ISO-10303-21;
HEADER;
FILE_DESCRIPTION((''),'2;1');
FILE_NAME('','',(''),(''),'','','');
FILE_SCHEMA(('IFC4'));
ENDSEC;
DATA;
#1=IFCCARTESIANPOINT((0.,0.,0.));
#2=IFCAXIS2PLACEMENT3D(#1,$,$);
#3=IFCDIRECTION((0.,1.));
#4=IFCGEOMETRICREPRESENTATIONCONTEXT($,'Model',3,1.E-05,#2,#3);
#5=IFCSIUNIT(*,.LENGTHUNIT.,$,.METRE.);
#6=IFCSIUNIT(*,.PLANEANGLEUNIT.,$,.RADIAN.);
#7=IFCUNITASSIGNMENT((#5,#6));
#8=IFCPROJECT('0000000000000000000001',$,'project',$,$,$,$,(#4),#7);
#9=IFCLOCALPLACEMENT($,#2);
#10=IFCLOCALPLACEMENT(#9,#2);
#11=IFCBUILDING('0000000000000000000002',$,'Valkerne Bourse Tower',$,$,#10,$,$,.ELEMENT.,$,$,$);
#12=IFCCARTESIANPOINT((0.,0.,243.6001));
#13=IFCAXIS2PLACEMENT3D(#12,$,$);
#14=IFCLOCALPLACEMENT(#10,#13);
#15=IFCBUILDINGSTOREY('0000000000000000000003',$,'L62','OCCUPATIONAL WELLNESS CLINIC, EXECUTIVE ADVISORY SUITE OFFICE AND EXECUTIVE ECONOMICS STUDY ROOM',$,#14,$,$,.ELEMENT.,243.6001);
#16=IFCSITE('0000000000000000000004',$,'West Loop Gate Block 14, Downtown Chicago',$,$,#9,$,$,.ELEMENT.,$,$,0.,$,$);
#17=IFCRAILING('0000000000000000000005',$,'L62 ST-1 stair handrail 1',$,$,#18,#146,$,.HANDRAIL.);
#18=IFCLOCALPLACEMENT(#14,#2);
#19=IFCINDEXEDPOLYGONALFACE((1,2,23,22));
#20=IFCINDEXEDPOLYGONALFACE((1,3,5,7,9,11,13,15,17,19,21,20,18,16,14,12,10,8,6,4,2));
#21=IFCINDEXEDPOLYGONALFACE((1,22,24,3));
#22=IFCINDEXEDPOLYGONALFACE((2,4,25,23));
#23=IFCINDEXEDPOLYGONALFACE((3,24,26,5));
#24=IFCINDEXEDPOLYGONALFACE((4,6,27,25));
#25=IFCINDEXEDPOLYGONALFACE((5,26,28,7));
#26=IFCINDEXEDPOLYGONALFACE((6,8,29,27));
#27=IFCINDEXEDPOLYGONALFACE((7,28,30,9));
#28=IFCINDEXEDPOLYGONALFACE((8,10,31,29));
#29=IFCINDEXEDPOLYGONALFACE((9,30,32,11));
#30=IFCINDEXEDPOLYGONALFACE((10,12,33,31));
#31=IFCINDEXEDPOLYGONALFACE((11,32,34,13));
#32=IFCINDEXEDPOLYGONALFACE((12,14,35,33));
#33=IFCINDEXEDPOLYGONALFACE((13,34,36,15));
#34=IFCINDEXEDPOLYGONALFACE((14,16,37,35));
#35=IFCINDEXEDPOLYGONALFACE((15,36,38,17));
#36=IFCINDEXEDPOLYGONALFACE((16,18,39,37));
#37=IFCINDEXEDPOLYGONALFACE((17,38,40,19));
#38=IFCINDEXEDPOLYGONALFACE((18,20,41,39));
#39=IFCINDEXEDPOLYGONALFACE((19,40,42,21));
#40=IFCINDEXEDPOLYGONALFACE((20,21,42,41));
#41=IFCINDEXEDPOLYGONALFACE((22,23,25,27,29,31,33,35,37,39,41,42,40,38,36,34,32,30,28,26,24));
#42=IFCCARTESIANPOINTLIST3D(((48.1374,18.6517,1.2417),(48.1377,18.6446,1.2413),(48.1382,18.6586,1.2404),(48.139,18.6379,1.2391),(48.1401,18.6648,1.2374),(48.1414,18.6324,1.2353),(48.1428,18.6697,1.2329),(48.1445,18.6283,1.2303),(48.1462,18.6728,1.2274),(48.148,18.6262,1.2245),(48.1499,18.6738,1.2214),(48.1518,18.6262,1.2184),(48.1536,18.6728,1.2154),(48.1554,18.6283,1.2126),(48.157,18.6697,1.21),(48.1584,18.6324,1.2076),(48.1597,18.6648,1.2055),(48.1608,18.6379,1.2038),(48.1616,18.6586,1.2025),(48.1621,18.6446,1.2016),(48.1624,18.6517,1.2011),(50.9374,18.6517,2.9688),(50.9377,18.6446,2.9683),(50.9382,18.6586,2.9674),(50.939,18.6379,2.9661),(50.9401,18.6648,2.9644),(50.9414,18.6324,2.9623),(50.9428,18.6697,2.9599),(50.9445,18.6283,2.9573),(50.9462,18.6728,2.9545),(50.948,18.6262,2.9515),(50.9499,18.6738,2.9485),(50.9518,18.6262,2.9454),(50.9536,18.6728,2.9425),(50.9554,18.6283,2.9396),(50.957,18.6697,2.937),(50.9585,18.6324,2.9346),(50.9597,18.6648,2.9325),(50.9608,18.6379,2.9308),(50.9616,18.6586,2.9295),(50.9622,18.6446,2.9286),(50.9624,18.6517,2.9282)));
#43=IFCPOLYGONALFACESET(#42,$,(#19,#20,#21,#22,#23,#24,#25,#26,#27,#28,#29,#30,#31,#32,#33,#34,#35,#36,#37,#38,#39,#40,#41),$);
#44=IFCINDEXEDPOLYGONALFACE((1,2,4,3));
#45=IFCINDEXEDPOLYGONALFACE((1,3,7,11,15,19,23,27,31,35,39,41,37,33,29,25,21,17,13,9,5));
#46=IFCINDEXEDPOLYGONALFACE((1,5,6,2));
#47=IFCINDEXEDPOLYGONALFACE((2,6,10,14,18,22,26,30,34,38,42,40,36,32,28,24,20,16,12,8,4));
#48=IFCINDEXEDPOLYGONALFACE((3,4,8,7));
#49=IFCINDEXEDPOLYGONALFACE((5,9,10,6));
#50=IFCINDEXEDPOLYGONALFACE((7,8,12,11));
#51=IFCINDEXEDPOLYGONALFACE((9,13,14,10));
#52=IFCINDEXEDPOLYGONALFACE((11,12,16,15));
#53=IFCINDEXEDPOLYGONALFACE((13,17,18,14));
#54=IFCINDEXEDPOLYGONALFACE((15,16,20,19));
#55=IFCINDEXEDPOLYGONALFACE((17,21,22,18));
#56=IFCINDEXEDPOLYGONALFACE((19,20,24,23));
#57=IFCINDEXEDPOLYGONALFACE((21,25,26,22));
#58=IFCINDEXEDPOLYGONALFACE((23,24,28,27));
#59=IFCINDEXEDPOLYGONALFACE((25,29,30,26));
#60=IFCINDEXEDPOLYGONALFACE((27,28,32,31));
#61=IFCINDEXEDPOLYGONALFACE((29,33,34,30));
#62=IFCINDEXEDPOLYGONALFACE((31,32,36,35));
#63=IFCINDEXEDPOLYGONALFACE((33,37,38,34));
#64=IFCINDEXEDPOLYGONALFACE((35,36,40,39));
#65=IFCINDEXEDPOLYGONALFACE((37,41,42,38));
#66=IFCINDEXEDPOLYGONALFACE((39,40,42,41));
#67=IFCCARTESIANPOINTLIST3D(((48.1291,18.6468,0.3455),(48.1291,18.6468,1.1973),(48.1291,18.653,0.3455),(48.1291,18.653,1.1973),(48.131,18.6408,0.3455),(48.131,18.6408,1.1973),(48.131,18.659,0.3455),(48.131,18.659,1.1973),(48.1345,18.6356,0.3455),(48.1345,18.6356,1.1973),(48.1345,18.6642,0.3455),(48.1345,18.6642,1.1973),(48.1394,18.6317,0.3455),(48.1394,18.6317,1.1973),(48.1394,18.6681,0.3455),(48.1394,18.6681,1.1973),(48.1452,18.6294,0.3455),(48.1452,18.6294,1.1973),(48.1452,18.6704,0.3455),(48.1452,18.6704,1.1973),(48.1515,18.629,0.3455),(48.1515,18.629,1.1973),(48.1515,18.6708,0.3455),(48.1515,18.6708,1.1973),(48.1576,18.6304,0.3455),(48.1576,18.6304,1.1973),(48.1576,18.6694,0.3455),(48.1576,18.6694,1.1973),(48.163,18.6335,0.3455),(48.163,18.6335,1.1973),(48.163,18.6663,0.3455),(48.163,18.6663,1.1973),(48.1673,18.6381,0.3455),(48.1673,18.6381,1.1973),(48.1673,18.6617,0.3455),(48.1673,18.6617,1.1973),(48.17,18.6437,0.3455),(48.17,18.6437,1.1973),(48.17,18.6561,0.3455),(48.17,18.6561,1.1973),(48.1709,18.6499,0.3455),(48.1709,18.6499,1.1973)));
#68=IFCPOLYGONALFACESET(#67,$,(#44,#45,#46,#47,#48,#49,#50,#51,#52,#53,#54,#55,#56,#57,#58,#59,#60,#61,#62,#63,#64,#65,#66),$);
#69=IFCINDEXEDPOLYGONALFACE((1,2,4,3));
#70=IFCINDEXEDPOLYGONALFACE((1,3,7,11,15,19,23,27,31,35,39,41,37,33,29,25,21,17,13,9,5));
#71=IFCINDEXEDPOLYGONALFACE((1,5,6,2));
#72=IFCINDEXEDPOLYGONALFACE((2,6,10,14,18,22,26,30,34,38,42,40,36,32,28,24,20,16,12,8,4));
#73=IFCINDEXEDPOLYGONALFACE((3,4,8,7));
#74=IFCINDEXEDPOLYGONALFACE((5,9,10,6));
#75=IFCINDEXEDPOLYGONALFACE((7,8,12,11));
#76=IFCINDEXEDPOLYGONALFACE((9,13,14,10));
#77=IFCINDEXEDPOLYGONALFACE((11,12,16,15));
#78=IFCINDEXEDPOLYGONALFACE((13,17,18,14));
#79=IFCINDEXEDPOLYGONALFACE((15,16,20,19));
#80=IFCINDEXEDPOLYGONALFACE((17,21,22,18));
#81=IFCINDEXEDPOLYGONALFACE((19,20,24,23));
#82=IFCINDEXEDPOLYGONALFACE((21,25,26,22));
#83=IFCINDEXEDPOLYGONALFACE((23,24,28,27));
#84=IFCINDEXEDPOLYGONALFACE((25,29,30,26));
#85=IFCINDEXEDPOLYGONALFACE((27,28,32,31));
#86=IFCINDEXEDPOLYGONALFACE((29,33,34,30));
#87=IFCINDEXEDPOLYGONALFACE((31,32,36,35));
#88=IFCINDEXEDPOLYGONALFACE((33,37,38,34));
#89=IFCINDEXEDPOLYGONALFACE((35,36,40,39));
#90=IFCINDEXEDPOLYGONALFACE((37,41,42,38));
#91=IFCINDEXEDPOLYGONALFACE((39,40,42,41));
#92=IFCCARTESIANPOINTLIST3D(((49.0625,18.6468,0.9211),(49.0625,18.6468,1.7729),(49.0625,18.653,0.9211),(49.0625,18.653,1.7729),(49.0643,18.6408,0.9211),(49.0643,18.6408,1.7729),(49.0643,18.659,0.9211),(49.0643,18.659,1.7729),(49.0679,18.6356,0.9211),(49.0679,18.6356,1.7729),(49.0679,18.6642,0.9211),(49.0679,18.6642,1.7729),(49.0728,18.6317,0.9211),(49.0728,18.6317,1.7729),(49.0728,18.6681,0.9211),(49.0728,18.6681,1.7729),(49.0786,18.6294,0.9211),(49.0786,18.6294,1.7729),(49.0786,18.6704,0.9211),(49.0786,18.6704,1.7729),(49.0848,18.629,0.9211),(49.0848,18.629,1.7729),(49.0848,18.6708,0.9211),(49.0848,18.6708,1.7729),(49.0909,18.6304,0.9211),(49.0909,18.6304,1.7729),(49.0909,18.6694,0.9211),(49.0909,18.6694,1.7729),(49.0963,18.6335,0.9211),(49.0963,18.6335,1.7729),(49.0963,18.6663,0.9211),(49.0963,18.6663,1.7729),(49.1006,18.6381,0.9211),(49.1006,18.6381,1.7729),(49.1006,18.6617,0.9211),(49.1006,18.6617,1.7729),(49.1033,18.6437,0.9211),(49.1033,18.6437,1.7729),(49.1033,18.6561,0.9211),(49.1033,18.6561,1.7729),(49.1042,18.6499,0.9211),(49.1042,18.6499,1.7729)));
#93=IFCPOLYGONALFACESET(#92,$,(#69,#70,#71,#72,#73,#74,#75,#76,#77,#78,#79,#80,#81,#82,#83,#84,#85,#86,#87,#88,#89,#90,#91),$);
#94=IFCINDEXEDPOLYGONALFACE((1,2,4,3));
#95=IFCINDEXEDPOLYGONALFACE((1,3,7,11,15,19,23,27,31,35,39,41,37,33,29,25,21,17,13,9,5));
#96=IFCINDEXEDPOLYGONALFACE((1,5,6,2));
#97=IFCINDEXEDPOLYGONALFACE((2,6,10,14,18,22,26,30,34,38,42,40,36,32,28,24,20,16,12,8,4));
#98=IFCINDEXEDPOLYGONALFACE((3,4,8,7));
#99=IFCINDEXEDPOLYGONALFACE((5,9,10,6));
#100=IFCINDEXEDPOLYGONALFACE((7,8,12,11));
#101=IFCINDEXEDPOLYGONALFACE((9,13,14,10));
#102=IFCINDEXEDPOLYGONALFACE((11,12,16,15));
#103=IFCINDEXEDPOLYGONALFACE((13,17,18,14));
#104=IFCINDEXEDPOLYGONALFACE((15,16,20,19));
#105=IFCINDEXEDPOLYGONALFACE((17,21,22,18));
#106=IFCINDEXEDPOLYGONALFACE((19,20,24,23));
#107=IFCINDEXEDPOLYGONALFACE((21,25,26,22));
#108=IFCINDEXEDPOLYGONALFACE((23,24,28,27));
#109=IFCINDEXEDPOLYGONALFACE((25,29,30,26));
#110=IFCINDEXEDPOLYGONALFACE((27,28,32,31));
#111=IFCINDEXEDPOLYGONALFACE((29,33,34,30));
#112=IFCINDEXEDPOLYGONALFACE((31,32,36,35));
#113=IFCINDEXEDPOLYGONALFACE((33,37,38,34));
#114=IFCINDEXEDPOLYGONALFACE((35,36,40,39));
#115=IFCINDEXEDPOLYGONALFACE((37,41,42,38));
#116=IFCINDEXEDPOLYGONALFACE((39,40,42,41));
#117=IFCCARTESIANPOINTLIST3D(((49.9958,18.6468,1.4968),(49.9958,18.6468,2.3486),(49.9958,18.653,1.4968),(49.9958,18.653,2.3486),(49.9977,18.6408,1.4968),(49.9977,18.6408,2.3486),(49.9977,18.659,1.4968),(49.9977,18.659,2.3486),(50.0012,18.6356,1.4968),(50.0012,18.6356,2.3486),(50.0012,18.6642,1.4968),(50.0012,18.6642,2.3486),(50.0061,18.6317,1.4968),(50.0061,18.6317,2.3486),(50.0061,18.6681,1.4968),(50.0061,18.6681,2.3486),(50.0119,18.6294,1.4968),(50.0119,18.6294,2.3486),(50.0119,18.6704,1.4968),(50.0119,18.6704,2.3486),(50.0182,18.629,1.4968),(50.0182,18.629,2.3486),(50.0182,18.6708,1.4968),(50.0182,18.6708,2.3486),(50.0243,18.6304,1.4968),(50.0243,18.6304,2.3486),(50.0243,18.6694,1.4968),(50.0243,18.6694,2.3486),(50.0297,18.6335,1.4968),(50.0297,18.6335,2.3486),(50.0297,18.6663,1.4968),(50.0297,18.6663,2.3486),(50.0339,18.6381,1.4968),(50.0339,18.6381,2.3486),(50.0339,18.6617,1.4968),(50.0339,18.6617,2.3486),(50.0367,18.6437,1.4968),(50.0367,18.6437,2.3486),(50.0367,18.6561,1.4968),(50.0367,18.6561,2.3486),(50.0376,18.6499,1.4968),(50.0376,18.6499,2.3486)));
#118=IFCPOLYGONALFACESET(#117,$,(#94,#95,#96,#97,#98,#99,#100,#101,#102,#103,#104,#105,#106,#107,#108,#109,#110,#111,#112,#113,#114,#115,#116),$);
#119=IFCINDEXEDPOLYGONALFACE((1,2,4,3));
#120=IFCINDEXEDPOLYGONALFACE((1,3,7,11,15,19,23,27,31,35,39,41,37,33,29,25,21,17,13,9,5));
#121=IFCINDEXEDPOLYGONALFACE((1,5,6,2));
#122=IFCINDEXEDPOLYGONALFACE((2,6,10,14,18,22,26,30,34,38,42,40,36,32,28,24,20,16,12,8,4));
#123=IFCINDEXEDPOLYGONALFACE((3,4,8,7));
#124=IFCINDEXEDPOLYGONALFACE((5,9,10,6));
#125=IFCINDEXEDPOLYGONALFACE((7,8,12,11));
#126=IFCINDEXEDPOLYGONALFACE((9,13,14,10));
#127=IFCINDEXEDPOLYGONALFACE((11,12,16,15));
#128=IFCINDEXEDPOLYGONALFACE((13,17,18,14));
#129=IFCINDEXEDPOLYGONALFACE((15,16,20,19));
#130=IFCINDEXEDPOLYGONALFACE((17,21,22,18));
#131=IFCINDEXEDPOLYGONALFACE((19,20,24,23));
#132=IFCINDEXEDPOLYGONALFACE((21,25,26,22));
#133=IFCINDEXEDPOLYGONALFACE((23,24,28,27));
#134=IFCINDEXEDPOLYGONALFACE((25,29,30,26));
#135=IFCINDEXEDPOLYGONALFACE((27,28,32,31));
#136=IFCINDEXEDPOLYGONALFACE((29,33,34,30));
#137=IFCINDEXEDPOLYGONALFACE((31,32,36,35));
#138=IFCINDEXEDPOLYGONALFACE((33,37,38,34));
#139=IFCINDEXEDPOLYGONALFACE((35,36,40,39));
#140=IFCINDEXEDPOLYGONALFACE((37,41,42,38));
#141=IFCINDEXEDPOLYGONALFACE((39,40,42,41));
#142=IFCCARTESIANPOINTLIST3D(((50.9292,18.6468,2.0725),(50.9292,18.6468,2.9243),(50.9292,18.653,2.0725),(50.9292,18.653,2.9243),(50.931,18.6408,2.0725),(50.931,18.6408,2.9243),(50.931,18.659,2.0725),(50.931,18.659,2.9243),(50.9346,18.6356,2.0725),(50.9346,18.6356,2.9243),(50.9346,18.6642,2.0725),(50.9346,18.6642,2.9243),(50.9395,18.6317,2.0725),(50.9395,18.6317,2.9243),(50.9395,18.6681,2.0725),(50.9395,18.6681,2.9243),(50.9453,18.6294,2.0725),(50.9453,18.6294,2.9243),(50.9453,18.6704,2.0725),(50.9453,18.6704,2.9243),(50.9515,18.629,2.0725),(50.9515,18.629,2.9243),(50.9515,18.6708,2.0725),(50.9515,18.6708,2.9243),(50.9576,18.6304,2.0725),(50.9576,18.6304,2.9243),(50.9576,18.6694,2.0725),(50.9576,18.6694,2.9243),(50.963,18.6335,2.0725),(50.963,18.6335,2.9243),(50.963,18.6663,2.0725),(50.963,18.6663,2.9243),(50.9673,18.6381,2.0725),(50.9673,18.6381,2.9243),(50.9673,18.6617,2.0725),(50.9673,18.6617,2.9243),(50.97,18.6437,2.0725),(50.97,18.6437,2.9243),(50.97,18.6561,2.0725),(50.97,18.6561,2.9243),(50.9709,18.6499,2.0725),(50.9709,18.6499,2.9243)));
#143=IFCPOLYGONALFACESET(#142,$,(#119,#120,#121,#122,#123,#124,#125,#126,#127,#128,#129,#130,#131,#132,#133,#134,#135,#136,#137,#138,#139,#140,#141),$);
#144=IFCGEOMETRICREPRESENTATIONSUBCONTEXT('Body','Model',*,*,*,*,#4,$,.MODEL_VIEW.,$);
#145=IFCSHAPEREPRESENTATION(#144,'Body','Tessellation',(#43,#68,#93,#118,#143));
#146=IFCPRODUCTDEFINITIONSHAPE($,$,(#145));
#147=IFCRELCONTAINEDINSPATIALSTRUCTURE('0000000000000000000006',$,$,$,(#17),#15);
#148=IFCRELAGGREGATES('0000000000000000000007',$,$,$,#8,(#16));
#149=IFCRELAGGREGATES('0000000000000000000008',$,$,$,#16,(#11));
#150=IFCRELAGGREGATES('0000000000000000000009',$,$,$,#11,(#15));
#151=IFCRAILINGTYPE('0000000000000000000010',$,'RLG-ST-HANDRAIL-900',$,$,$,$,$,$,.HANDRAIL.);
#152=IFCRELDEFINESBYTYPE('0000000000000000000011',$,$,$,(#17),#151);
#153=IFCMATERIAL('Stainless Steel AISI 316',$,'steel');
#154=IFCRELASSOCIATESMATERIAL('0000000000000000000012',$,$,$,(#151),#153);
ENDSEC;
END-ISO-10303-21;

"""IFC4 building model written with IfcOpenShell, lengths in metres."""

from ifc_helpers import new_model, si_unit, direction, frame, origin, origin_2d, place, context, subcontext, project, spatial, circle, extrude, material, type_object, element, save


model = new_model("IFC4")

# Units and contexts
model_context = context("Model", 3, precision=1e-05, world=origin(), true_north=direction((0.0, 1.0)))
body_context = subcontext(model_context, "Body", "Model", "MODEL_VIEW")
ifc_project = project(units=[si_unit("LENGTHUNIT", "METRE"), si_unit("PLANEANGLEUNIT", "RADIAN")], contexts=[model_context])

# Site, building, storey
site_placement = place(None, origin())
site = spatial("IfcSite", under=ifc_project, at=site_placement, Name="West Loop Gate Block 14, Downtown Chicago", CompositionType="ELEMENT", RefElevation=0.0)
building_placement = place(site_placement, origin())
building = spatial("IfcBuilding", under=site, at=building_placement, Name="Valkerne Bourse Tower", CompositionType="ELEMENT")
storey_placement = place(building_placement, frame((0.0, 0.0, 243.6001)))
storey = spatial("IfcBuildingStorey", under=building, at=storey_placement, Name="L62", Description="OCCUPATIONAL WELLNESS CLINIC, EXECUTIVE ADVISORY SUITE OFFICE AND EXECUTIVE ECONOMICS STUDY ROOM", CompositionType="ELEMENT", Elevation=243.6001)

# Shared definitions
ifc_material_1 = material(Name="Stainless Steel AISI 316", Category="steel")

# Railing
railing_type_1 = type_object("IfcRailingType", Name="RLG-ST-HANDRAIL-900", PredefinedType="HANDRAIL", material=ifc_material_1)
railing_1_placement = place(storey_placement, frame((48.1499, 18.6499, 0.3455)))
element("IfcRailing", 1, at=railing_1_placement, inside=storey, type_object=railing_type_1, Name="L62 ST-1 stair handrail 1", PredefinedType="HANDRAIL", context=body_context, shape_type="SweptSolid", body=[
    extrude(circle(Radius=0.0239, at=origin_2d()), frame((0.0, 0.0, 0.876), z_axis=(0.851123, 0.0, 0.524967), x_axis=(0.0, 1.0, 0.0)), (0.0, 0.0, 1.0), 3.2898),
    extrude(circle(Radius=0.021, at=origin_2d()), origin(), (0.0, 0.0, 1.0), 0.8518),
    extrude(circle(Radius=0.021, at=origin_2d()), frame((0.9333, 0.0, 0.5757)), (0.0, 0.0, 1.0), 0.8518),
    extrude(circle(Radius=0.021, at=origin_2d()), frame((1.8667, 0.0, 1.1514)), (0.0, 0.0, 1.0), 0.8518),
    extrude(circle(Radius=0.021, at=origin_2d()), frame((2.8, 0.0, 1.7271)), (0.0, 0.0, 1.0), 0.8518),
])

save(model, "model.ifc")
